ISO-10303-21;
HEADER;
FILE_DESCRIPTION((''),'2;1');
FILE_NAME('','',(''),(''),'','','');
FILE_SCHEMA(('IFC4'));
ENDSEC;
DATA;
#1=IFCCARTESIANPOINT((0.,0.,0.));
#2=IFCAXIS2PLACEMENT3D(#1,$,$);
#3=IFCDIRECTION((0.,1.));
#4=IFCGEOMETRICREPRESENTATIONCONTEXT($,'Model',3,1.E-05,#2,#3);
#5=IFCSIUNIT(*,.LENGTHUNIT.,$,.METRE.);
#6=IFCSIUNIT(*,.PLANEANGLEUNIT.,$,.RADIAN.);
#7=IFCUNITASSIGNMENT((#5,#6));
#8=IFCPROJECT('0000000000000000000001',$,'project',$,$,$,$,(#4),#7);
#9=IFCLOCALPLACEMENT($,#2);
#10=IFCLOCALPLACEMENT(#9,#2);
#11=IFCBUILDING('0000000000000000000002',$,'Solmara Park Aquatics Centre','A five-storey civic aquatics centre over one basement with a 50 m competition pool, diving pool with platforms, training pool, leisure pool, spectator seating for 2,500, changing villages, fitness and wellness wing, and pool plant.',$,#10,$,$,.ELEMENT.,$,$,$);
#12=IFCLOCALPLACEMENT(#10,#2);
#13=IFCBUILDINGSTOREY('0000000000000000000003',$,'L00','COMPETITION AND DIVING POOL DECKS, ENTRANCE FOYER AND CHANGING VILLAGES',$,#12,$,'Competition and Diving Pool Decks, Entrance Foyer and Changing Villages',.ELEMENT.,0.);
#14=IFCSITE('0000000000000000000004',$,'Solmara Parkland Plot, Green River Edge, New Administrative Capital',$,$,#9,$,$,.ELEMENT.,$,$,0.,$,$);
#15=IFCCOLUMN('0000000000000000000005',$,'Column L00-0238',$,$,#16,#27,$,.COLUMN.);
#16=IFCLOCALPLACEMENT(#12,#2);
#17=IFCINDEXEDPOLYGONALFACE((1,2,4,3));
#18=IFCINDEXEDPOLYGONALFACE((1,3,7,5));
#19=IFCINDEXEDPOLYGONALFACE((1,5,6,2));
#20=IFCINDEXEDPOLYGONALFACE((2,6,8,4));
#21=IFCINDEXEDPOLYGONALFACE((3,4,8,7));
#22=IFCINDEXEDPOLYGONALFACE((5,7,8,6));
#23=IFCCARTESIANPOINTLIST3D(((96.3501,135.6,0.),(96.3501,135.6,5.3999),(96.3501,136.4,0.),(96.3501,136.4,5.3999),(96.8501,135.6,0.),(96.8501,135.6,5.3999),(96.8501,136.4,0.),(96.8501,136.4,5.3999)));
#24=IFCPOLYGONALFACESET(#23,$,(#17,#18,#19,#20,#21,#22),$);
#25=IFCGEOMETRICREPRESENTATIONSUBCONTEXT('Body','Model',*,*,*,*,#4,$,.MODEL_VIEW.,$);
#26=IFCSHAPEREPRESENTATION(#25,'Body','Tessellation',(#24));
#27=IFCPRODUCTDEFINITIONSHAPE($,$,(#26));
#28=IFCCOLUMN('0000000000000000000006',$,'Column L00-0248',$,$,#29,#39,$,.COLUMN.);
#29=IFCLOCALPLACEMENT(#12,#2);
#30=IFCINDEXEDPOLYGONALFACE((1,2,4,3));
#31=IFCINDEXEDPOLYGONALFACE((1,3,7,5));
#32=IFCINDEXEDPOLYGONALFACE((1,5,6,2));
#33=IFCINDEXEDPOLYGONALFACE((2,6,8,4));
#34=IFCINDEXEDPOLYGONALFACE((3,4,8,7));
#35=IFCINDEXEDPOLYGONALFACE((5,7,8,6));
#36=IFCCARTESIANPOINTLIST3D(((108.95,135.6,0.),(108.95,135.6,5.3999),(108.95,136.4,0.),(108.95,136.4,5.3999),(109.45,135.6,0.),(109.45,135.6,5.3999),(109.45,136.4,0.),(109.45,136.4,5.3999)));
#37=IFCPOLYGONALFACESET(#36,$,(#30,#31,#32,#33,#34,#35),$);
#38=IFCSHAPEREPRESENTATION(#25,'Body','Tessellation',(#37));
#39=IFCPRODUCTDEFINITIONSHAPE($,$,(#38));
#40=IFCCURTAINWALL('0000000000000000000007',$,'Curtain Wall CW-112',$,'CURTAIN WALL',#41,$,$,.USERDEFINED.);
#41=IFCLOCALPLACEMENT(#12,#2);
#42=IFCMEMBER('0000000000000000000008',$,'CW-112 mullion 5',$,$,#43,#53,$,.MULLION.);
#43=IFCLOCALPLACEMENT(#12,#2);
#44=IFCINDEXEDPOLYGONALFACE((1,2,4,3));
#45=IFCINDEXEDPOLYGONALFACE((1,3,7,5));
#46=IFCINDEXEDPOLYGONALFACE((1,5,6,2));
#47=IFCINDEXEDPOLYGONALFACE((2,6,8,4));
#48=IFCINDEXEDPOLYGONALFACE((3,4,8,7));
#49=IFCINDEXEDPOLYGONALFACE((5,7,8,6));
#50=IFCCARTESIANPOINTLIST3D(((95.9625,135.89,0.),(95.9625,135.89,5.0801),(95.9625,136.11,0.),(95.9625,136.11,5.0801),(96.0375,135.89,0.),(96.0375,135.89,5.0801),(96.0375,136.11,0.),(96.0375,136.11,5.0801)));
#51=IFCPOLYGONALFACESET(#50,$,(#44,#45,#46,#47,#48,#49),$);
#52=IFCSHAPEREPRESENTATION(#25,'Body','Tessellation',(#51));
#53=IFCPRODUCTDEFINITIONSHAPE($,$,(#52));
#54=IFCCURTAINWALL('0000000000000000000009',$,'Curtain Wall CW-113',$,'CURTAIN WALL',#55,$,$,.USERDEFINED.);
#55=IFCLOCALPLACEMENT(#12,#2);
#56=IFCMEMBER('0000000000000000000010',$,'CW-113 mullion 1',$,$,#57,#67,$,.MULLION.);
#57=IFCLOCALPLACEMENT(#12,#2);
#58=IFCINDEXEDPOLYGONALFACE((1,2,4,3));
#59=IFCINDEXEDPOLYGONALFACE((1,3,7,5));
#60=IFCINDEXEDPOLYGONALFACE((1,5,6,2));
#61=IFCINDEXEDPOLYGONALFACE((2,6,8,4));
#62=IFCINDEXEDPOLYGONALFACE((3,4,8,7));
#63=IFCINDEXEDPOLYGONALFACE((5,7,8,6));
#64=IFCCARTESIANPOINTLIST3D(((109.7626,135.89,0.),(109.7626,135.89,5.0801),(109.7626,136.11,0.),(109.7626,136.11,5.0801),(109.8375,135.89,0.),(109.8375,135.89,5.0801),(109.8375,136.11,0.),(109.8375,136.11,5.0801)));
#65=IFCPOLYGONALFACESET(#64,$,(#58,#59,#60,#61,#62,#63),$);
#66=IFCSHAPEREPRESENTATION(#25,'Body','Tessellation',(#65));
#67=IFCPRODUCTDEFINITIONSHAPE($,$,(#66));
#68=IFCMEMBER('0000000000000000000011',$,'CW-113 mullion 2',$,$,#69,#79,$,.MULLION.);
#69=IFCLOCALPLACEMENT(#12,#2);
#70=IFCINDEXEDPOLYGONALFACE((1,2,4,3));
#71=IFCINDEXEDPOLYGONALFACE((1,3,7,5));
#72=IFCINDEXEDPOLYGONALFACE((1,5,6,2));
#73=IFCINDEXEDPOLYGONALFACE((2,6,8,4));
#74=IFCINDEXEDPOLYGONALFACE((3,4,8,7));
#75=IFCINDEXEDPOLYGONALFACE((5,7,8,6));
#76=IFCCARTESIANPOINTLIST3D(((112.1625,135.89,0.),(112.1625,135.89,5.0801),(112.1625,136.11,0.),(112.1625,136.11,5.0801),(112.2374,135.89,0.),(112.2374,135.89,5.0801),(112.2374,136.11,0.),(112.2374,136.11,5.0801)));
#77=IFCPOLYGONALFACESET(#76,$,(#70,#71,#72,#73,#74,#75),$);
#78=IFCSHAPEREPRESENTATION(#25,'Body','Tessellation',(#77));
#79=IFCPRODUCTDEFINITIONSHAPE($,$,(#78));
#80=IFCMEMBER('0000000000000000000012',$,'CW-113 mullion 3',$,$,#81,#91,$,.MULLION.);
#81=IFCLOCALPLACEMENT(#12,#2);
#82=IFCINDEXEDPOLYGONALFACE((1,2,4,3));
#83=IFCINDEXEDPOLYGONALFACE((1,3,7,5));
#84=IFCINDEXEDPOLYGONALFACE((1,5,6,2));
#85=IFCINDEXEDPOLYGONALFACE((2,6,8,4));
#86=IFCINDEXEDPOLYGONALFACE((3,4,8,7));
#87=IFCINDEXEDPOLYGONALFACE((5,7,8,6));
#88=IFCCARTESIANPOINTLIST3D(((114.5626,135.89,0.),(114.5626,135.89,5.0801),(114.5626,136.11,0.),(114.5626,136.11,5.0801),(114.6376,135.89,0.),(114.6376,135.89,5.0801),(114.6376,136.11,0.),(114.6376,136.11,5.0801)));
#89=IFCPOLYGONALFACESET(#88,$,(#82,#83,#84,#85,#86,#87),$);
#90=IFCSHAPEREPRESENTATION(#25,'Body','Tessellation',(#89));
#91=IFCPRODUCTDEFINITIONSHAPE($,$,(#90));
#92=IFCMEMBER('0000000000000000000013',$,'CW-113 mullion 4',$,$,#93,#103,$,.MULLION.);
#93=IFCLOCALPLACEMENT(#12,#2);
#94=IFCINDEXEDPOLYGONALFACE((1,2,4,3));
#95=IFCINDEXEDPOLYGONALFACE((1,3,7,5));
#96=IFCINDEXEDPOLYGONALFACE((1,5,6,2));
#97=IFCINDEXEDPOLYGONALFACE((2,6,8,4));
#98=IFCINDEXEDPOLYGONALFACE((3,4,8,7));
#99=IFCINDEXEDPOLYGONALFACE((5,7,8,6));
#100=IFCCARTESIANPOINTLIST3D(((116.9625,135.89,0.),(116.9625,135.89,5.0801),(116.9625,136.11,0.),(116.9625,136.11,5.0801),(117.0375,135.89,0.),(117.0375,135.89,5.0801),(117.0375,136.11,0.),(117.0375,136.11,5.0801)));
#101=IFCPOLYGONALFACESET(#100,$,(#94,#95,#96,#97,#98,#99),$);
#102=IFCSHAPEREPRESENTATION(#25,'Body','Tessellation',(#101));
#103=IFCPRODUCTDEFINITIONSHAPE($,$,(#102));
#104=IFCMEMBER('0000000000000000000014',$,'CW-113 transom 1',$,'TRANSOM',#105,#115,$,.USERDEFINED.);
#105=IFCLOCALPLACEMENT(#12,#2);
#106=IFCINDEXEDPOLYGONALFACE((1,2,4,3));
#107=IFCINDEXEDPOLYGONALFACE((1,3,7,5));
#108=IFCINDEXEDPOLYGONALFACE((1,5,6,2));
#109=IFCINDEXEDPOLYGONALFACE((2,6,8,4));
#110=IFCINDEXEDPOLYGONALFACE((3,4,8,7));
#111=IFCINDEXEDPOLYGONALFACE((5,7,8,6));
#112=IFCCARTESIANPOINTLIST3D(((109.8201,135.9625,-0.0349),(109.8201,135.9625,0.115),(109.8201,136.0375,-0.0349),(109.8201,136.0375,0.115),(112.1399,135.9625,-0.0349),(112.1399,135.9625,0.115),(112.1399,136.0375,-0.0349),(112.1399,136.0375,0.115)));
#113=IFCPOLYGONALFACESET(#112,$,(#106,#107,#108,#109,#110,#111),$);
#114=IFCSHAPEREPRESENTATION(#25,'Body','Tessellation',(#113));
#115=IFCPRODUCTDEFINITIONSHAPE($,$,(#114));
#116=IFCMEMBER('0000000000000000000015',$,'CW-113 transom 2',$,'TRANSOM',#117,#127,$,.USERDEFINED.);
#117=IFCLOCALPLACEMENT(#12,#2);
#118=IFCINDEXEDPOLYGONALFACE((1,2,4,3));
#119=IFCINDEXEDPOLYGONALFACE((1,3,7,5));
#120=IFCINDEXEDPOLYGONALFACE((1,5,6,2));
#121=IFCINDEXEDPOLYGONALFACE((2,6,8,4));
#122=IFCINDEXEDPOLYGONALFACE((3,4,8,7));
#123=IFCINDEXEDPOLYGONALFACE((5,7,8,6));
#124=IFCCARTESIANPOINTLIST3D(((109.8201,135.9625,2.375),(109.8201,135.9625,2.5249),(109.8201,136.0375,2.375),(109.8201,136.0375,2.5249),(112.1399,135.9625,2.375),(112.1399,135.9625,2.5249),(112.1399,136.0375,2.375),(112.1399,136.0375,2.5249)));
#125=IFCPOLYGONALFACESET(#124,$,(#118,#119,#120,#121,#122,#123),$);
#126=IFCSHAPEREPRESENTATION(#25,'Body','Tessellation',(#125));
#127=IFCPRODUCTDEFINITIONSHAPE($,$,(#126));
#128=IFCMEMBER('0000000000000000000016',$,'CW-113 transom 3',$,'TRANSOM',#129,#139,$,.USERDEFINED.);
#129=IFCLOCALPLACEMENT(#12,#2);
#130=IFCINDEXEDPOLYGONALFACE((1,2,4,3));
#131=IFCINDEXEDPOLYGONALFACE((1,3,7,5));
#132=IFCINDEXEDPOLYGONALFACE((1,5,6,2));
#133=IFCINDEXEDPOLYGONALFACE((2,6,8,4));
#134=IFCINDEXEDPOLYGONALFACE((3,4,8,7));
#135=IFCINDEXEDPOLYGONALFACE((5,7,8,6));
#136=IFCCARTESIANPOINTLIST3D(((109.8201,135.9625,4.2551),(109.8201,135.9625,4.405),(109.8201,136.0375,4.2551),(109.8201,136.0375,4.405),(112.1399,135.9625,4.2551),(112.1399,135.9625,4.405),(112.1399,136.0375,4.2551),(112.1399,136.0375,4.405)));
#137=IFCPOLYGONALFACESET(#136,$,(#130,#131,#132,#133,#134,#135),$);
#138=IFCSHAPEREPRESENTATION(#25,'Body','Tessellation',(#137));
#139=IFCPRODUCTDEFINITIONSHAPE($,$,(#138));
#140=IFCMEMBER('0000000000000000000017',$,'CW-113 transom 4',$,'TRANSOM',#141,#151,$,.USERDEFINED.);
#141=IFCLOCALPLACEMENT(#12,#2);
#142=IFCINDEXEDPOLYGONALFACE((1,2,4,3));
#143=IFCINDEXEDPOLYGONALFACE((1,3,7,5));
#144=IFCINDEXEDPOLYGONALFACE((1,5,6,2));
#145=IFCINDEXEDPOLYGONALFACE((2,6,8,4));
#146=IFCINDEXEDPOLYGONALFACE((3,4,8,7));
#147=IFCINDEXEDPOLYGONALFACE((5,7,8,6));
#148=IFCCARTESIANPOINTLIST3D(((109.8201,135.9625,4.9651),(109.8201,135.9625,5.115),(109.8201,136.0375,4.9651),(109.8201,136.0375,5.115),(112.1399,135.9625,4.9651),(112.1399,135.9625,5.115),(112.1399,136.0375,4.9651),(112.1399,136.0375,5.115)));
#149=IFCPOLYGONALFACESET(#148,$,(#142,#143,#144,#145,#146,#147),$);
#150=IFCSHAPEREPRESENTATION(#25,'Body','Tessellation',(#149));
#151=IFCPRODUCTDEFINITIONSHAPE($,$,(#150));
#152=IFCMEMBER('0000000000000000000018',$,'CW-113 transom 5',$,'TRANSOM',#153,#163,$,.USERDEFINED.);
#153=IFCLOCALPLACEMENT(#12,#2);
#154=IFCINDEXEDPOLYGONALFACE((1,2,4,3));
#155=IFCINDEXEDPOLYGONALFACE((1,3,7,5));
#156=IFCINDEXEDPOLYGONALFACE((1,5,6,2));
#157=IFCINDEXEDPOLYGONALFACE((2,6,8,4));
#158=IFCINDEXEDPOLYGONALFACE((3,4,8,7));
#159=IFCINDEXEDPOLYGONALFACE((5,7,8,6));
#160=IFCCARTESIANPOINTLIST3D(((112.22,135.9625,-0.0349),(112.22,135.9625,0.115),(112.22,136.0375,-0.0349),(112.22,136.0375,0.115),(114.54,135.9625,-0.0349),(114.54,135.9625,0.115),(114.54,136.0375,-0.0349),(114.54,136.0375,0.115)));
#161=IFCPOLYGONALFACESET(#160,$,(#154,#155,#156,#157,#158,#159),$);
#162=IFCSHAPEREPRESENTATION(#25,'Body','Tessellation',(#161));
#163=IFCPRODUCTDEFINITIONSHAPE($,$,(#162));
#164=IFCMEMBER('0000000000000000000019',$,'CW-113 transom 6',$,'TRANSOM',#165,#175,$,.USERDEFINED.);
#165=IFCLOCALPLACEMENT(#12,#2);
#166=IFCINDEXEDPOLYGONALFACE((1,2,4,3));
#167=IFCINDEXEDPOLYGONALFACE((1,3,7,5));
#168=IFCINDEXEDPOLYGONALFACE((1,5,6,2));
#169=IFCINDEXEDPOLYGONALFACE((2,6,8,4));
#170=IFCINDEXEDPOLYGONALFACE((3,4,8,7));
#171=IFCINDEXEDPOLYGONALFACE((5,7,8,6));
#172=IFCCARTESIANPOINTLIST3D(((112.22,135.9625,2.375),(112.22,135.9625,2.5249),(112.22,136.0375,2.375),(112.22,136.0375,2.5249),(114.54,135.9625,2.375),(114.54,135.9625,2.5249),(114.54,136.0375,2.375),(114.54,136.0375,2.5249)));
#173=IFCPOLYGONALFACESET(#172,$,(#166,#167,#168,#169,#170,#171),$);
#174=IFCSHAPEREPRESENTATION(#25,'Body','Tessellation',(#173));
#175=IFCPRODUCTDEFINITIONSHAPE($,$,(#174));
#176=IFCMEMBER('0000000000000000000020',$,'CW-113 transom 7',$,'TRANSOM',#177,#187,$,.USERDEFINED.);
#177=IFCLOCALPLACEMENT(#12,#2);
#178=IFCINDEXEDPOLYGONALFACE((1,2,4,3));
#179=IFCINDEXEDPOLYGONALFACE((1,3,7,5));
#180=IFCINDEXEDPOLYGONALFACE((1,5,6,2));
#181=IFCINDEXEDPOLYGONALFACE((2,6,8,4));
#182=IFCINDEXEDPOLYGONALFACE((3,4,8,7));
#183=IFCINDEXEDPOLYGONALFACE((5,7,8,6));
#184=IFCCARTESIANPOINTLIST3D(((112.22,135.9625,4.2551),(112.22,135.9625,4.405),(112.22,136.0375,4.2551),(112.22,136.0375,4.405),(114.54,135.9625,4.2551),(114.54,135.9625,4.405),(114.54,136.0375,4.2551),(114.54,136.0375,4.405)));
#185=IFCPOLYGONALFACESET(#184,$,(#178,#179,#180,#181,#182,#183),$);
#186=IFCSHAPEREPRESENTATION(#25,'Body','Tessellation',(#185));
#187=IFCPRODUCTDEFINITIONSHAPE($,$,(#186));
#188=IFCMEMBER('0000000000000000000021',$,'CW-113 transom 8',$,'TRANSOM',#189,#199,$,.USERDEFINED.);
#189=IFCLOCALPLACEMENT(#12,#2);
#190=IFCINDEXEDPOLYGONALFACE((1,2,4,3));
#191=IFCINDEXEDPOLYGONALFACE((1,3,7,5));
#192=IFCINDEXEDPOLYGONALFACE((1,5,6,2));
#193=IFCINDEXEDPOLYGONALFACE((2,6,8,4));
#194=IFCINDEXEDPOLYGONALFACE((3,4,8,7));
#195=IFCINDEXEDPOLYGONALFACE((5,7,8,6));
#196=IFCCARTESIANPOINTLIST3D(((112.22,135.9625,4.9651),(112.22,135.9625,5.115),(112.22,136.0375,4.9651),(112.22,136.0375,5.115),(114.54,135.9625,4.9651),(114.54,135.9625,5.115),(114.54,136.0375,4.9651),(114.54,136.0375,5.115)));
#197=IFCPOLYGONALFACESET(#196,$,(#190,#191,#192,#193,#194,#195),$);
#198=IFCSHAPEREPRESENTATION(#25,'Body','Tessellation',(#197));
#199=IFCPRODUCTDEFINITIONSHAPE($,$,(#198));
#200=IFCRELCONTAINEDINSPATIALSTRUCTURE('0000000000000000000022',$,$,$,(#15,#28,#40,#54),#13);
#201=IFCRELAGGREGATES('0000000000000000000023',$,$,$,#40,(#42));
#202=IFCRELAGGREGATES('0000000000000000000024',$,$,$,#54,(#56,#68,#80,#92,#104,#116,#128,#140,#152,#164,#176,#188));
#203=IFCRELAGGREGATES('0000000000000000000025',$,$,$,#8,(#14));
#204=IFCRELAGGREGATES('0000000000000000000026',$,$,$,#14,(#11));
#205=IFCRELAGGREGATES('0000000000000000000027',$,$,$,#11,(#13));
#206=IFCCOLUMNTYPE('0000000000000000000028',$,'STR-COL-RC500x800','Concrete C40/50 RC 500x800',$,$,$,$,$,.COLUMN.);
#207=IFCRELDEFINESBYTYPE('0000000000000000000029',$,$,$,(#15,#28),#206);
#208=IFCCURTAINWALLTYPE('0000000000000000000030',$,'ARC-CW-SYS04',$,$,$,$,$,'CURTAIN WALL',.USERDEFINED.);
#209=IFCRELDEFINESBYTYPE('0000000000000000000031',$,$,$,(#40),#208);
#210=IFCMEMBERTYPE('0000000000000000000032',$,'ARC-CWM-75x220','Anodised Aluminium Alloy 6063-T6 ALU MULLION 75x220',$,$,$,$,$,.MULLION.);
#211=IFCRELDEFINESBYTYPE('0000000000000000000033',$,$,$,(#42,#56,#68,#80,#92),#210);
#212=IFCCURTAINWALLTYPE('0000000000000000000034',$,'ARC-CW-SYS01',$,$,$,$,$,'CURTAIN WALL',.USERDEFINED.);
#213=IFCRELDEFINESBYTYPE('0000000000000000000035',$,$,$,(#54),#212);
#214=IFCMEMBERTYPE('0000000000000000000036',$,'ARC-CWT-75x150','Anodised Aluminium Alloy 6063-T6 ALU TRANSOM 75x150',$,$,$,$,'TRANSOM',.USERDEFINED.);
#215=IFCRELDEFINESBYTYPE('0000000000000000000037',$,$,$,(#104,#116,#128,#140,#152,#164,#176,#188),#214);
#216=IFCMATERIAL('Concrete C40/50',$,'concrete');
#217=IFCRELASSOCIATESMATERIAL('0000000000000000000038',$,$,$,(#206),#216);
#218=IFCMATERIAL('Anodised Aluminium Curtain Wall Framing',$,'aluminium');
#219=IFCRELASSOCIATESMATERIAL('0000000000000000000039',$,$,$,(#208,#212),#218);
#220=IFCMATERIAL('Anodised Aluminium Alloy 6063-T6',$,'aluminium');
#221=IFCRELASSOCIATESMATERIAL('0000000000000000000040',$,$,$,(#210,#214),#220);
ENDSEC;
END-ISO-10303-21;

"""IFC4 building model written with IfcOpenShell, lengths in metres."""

from ifc_helpers import new_model, si_unit, direction, frame, origin, origin_2d, place, context, subcontext, project, spatial, rectangle, extrude, material, material_profile, profile_set, type_object, element, aggregate, save


model = new_model("IFC4")

# Units and contexts
model_context = context("Model", 3, precision=1e-05, world=origin(), true_north=direction((0.0, 1.0)))
body_context = subcontext(model_context, "Body", "Model", "MODEL_VIEW")
ifc_project = project(units=[si_unit("LENGTHUNIT", "METRE"), si_unit("PLANEANGLEUNIT", "RADIAN")], contexts=[model_context])

# Site, building, storey
site_placement = place(None, origin())
site = spatial("IfcSite", under=ifc_project, at=site_placement, Name="Solmara Parkland Plot, Green River Edge, New Administrative Capital", CompositionType="ELEMENT", RefElevation=0.0)
building_placement = place(site_placement, origin())
building = spatial("IfcBuilding", under=site, at=building_placement, Name="Solmara Park Aquatics Centre", Description="A five-storey civic aquatics centre over one basement with a 50 m competition pool, diving pool with platforms, training pool, leisure pool, spectator seating for 2,500, changing villages, fitness and wellness wing, and pool plant.", CompositionType="ELEMENT")
storey_placement = place(building_placement, origin())
storey = spatial("IfcBuildingStorey", under=building, at=storey_placement, Name="L00", Description="COMPETITION AND DIVING POOL DECKS, ENTRANCE FOYER AND CHANGING VILLAGES", LongName="Competition and Diving Pool Decks, Entrance Foyer and Changing Villages", CompositionType="ELEMENT", Elevation=0.0)

# Columns
ifc_material_1 = material(Name="Concrete C40/50", Category="concrete")
ifc_material_profile_1 = material_profile(ifc_material_1, rectangle(XDim=0.5, YDim=0.8, at=origin_2d()), Name="RC 500x800")
ifc_profile_set_1 = profile_set([ifc_material_profile_1], Name="Concrete C40/50")
column_type = type_object("IfcColumnType", Name="STR-COL-RC500x800", Description="Concrete C40/50 RC 500x800", PredefinedType="COLUMN", material=ifc_profile_set_1)
for number, where, z_axis, x_axis, name in (
    (1, (96.6001, 136.0, 0.0), (0.0, 0.0, 1.0), (1.0, 0.0, 0.0), "Column L00-0238"),
    (2, (109.2, 136.0, 0.0), (0.0, 0.0, 1.0), (1.0, 0.0, 0.0), "Column L00-0248"),
):
    element("IfcColumn", number, at=place(storey_placement, frame(where, z_axis=z_axis, x_axis=x_axis)), inside=storey, type_object=column_type, Name=name, PredefinedType="COLUMN", context=body_context, shape_type="SweptSolid", body=[
        extrude(rectangle(XDim=0.5, YDim=0.8, at=origin_2d()), origin(), (0.0, 0.0, 1.0), 5.3999),
    ])

# Curtain wall, member
ifc_material_2 = material(Name="Anodised Aluminium Curtain Wall Framing", Category="aluminium")
curtain_wall_type_1 = type_object("IfcCurtainWallType", Name="ARC-CW-SYS04", ElementType="CURTAIN WALL", PredefinedType="USERDEFINED", material=ifc_material_2)
curtain_wall_1_placement = place(storey_placement, origin())
curtain_wall_1 = element("IfcCurtainWall", 3, at=curtain_wall_1_placement, inside=storey, type_object=curtain_wall_type_1, Name="Curtain Wall CW-112", ObjectType="CURTAIN WALL", PredefinedType="USERDEFINED")
ifc_material_3 = material(Name="Anodised Aluminium Alloy 6063-T6", Category="aluminium")
ifc_material_profile_2 = material_profile(ifc_material_3, rectangle(XDim=0.075, YDim=0.22, at=origin_2d()), Name="ALU MULLION 75x220")
ifc_profile_set_2 = profile_set([ifc_material_profile_2], Name="Anodised Aluminium Alloy 6063-T6")
member_type_1 = type_object("IfcMemberType", Name="ARC-CWM-75x220", Description="Anodised Aluminium Alloy 6063-T6 ALU MULLION 75x220", PredefinedType="MULLION", material=ifc_profile_set_2)
member_1_placement = place(storey_placement, frame((96.0, 136.0, 0.0), z_axis=(0.0, 0.0, 1.0), x_axis=(1.0, 0.0, 0.0)))
member_1 = element("IfcMember", 4, at=member_1_placement, type_object=member_type_1, Name="CW-112 mullion 5", PredefinedType="MULLION", context=body_context, shape_type="SweptSolid", body=[
    extrude(rectangle(XDim=0.075, YDim=0.22, at=origin_2d()), origin(), (0.0, 0.0, 1.0), 5.0801),
])

# Curtain wall, members
curtain_wall_type_2 = type_object("IfcCurtainWallType", Name="ARC-CW-SYS01", ElementType="CURTAIN WALL", PredefinedType="USERDEFINED", material=ifc_material_2)
curtain_wall_2_placement = place(storey_placement, origin())
curtain_wall_2 = element("IfcCurtainWall", 5, at=curtain_wall_2_placement, inside=storey, type_object=curtain_wall_type_2, Name="Curtain Wall CW-113", ObjectType="CURTAIN WALL", PredefinedType="USERDEFINED")
member_2_placement = place(storey_placement, frame((109.8, 136.0, 0.0), z_axis=(0.0, 0.0, 1.0), x_axis=(1.0, 0.0, 0.0)))
member_2 = element("IfcMember", 6, at=member_2_placement, type_object=member_type_1, Name="CW-113 mullion 1", PredefinedType="MULLION", context=body_context, shape_type="SweptSolid", body=[
    extrude(rectangle(XDim=0.075, YDim=0.22, at=origin_2d()), origin(), (0.0, 0.0, 1.0), 5.0801),
])
member_3_placement = place(storey_placement, frame((112.2, 136.0, 0.0), z_axis=(0.0, 0.0, 1.0), x_axis=(1.0, 0.0, 0.0)))
member_3 = element("IfcMember", 7, at=member_3_placement, type_object=member_type_1, Name="CW-113 mullion 2", PredefinedType="MULLION", context=body_context, shape_type="SweptSolid", body=[
    extrude(rectangle(XDim=0.075, YDim=0.22, at=origin_2d()), origin(), (0.0, 0.0, 1.0), 5.0801),
])
member_4_placement = place(storey_placement, frame((114.6001, 136.0, 0.0), z_axis=(0.0, 0.0, 1.0), x_axis=(1.0, 0.0, 0.0)))
member_4 = element("IfcMember", 8, at=member_4_placement, type_object=member_type_1, Name="CW-113 mullion 3", PredefinedType="MULLION", context=body_context, shape_type="SweptSolid", body=[
    extrude(rectangle(XDim=0.075, YDim=0.22, at=origin_2d()), origin(), (0.0, 0.0, 1.0), 5.0801),
])
member_5_placement = place(storey_placement, frame((117.0, 136.0, 0.0), z_axis=(0.0, 0.0, 1.0), x_axis=(1.0, 0.0, 0.0)))
member_5 = element("IfcMember", 9, at=member_5_placement, type_object=member_type_1, Name="CW-113 mullion 4", PredefinedType="MULLION", context=body_context, shape_type="SweptSolid", body=[
    extrude(rectangle(XDim=0.075, YDim=0.22, at=origin_2d()), origin(), (0.0, 0.0, 1.0), 5.0801),
])
ifc_material_profile_3 = material_profile(ifc_material_3, rectangle(XDim=0.075, YDim=0.1499, at=origin_2d()), Name="ALU TRANSOM 75x150")
ifc_profile_set_3 = profile_set([ifc_material_profile_3], Name="Anodised Aluminium Alloy 6063-T6")
member_type_2 = type_object("IfcMemberType", Name="ARC-CWT-75x150", Description="Anodised Aluminium Alloy 6063-T6 ALU TRANSOM 75x150", ElementType="TRANSOM", PredefinedType="USERDEFINED", material=ifc_profile_set_3)
member_6_placement = place(storey_placement, frame((109.8201, 136.0, 0.04), z_axis=(1.0, 0.0, 0.0), x_axis=(0.0, 1.0, 0.0)))
member_6 = element("IfcMember", 10, at=member_6_placement, type_object=member_type_2, Name="CW-113 transom 1", ObjectType="TRANSOM", PredefinedType="USERDEFINED", context=body_context, shape_type="SweptSolid", body=[
    extrude(rectangle(XDim=0.075, YDim=0.1499, at=origin_2d()), origin(), (0.0, 0.0, 1.0), 2.3198),
])
member_7_placement = place(storey_placement, frame((109.8201, 136.0, 2.45), z_axis=(1.0, 0.0, 0.0), x_axis=(0.0, 1.0, 0.0)))
member_7 = element("IfcMember", 11, at=member_7_placement, type_object=member_type_2, Name="CW-113 transom 2", ObjectType="TRANSOM", PredefinedType="USERDEFINED", context=body_context, shape_type="SweptSolid", body=[
    extrude(rectangle(XDim=0.075, YDim=0.1499, at=origin_2d()), origin(), (0.0, 0.0, 1.0), 2.3198),
])
member_8_placement = place(storey_placement, frame((109.8201, 136.0, 4.3301), z_axis=(1.0, 0.0, 0.0), x_axis=(0.0, 1.0, 0.0)))
member_8 = element("IfcMember", 12, at=member_8_placement, type_object=member_type_2, Name="CW-113 transom 3", ObjectType="TRANSOM", PredefinedType="USERDEFINED", context=body_context, shape_type="SweptSolid", body=[
    extrude(rectangle(XDim=0.075, YDim=0.1499, at=origin_2d()), origin(), (0.0, 0.0, 1.0), 2.3198),
])
member_9_placement = place(storey_placement, frame((109.8201, 136.0, 5.04), z_axis=(1.0, 0.0, 0.0), x_axis=(0.0, 1.0, 0.0)))
member_9 = element("IfcMember", 13, at=member_9_placement, type_object=member_type_2, Name="CW-113 transom 4", ObjectType="TRANSOM", PredefinedType="USERDEFINED", context=body_context, shape_type="SweptSolid", body=[
    extrude(rectangle(XDim=0.075, YDim=0.1499, at=origin_2d()), origin(), (0.0, 0.0, 1.0), 2.3198),
])
member_10_placement = place(storey_placement, frame((112.22, 136.0, 0.04), z_axis=(1.0, 0.0, 0.0), x_axis=(0.0, 1.0, 0.0)))
member_10 = element("IfcMember", 14, at=member_10_placement, type_object=member_type_2, Name="CW-113 transom 5", ObjectType="TRANSOM", PredefinedType="USERDEFINED", context=body_context, shape_type="SweptSolid", body=[
    extrude(rectangle(XDim=0.075, YDim=0.1499, at=origin_2d()), origin(), (0.0, 0.0, 1.0), 2.3201),
])
member_11_placement = place(storey_placement, frame((112.22, 136.0, 2.45), z_axis=(1.0, 0.0, 0.0), x_axis=(0.0, 1.0, 0.0)))
member_11 = element("IfcMember", 15, at=member_11_placement, type_object=member_type_2, Name="CW-113 transom 6", ObjectType="TRANSOM", PredefinedType="USERDEFINED", context=body_context, shape_type="SweptSolid", body=[
    extrude(rectangle(XDim=0.075, YDim=0.1499, at=origin_2d()), origin(), (0.0, 0.0, 1.0), 2.3201),
])
member_12_placement = place(storey_placement, frame((112.22, 136.0, 4.3301), z_axis=(1.0, 0.0, 0.0), x_axis=(0.0, 1.0, 0.0)))
member_12 = element("IfcMember", 16, at=member_12_placement, type_object=member_type_2, Name="CW-113 transom 7", ObjectType="TRANSOM", PredefinedType="USERDEFINED", context=body_context, shape_type="SweptSolid", body=[
    extrude(rectangle(XDim=0.075, YDim=0.1499, at=origin_2d()), origin(), (0.0, 0.0, 1.0), 2.3201),
])
member_13_placement = place(storey_placement, frame((112.22, 136.0, 5.04), z_axis=(1.0, 0.0, 0.0), x_axis=(0.0, 1.0, 0.0)))
member_13 = element("IfcMember", 17, at=member_13_placement, type_object=member_type_2, Name="CW-113 transom 8", ObjectType="TRANSOM", PredefinedType="USERDEFINED", context=body_context, shape_type="SweptSolid", body=[
    extrude(rectangle(XDim=0.075, YDim=0.1499, at=origin_2d()), origin(), (0.0, 0.0, 1.0), 2.3201),
])

aggregate(curtain_wall_1, [member_1])
aggregate(curtain_wall_2, [member_2, member_3, member_4, member_5, member_6, member_7, member_8, member_9, member_10, member_11, member_12, member_13])

save(model, "model.ifc")
